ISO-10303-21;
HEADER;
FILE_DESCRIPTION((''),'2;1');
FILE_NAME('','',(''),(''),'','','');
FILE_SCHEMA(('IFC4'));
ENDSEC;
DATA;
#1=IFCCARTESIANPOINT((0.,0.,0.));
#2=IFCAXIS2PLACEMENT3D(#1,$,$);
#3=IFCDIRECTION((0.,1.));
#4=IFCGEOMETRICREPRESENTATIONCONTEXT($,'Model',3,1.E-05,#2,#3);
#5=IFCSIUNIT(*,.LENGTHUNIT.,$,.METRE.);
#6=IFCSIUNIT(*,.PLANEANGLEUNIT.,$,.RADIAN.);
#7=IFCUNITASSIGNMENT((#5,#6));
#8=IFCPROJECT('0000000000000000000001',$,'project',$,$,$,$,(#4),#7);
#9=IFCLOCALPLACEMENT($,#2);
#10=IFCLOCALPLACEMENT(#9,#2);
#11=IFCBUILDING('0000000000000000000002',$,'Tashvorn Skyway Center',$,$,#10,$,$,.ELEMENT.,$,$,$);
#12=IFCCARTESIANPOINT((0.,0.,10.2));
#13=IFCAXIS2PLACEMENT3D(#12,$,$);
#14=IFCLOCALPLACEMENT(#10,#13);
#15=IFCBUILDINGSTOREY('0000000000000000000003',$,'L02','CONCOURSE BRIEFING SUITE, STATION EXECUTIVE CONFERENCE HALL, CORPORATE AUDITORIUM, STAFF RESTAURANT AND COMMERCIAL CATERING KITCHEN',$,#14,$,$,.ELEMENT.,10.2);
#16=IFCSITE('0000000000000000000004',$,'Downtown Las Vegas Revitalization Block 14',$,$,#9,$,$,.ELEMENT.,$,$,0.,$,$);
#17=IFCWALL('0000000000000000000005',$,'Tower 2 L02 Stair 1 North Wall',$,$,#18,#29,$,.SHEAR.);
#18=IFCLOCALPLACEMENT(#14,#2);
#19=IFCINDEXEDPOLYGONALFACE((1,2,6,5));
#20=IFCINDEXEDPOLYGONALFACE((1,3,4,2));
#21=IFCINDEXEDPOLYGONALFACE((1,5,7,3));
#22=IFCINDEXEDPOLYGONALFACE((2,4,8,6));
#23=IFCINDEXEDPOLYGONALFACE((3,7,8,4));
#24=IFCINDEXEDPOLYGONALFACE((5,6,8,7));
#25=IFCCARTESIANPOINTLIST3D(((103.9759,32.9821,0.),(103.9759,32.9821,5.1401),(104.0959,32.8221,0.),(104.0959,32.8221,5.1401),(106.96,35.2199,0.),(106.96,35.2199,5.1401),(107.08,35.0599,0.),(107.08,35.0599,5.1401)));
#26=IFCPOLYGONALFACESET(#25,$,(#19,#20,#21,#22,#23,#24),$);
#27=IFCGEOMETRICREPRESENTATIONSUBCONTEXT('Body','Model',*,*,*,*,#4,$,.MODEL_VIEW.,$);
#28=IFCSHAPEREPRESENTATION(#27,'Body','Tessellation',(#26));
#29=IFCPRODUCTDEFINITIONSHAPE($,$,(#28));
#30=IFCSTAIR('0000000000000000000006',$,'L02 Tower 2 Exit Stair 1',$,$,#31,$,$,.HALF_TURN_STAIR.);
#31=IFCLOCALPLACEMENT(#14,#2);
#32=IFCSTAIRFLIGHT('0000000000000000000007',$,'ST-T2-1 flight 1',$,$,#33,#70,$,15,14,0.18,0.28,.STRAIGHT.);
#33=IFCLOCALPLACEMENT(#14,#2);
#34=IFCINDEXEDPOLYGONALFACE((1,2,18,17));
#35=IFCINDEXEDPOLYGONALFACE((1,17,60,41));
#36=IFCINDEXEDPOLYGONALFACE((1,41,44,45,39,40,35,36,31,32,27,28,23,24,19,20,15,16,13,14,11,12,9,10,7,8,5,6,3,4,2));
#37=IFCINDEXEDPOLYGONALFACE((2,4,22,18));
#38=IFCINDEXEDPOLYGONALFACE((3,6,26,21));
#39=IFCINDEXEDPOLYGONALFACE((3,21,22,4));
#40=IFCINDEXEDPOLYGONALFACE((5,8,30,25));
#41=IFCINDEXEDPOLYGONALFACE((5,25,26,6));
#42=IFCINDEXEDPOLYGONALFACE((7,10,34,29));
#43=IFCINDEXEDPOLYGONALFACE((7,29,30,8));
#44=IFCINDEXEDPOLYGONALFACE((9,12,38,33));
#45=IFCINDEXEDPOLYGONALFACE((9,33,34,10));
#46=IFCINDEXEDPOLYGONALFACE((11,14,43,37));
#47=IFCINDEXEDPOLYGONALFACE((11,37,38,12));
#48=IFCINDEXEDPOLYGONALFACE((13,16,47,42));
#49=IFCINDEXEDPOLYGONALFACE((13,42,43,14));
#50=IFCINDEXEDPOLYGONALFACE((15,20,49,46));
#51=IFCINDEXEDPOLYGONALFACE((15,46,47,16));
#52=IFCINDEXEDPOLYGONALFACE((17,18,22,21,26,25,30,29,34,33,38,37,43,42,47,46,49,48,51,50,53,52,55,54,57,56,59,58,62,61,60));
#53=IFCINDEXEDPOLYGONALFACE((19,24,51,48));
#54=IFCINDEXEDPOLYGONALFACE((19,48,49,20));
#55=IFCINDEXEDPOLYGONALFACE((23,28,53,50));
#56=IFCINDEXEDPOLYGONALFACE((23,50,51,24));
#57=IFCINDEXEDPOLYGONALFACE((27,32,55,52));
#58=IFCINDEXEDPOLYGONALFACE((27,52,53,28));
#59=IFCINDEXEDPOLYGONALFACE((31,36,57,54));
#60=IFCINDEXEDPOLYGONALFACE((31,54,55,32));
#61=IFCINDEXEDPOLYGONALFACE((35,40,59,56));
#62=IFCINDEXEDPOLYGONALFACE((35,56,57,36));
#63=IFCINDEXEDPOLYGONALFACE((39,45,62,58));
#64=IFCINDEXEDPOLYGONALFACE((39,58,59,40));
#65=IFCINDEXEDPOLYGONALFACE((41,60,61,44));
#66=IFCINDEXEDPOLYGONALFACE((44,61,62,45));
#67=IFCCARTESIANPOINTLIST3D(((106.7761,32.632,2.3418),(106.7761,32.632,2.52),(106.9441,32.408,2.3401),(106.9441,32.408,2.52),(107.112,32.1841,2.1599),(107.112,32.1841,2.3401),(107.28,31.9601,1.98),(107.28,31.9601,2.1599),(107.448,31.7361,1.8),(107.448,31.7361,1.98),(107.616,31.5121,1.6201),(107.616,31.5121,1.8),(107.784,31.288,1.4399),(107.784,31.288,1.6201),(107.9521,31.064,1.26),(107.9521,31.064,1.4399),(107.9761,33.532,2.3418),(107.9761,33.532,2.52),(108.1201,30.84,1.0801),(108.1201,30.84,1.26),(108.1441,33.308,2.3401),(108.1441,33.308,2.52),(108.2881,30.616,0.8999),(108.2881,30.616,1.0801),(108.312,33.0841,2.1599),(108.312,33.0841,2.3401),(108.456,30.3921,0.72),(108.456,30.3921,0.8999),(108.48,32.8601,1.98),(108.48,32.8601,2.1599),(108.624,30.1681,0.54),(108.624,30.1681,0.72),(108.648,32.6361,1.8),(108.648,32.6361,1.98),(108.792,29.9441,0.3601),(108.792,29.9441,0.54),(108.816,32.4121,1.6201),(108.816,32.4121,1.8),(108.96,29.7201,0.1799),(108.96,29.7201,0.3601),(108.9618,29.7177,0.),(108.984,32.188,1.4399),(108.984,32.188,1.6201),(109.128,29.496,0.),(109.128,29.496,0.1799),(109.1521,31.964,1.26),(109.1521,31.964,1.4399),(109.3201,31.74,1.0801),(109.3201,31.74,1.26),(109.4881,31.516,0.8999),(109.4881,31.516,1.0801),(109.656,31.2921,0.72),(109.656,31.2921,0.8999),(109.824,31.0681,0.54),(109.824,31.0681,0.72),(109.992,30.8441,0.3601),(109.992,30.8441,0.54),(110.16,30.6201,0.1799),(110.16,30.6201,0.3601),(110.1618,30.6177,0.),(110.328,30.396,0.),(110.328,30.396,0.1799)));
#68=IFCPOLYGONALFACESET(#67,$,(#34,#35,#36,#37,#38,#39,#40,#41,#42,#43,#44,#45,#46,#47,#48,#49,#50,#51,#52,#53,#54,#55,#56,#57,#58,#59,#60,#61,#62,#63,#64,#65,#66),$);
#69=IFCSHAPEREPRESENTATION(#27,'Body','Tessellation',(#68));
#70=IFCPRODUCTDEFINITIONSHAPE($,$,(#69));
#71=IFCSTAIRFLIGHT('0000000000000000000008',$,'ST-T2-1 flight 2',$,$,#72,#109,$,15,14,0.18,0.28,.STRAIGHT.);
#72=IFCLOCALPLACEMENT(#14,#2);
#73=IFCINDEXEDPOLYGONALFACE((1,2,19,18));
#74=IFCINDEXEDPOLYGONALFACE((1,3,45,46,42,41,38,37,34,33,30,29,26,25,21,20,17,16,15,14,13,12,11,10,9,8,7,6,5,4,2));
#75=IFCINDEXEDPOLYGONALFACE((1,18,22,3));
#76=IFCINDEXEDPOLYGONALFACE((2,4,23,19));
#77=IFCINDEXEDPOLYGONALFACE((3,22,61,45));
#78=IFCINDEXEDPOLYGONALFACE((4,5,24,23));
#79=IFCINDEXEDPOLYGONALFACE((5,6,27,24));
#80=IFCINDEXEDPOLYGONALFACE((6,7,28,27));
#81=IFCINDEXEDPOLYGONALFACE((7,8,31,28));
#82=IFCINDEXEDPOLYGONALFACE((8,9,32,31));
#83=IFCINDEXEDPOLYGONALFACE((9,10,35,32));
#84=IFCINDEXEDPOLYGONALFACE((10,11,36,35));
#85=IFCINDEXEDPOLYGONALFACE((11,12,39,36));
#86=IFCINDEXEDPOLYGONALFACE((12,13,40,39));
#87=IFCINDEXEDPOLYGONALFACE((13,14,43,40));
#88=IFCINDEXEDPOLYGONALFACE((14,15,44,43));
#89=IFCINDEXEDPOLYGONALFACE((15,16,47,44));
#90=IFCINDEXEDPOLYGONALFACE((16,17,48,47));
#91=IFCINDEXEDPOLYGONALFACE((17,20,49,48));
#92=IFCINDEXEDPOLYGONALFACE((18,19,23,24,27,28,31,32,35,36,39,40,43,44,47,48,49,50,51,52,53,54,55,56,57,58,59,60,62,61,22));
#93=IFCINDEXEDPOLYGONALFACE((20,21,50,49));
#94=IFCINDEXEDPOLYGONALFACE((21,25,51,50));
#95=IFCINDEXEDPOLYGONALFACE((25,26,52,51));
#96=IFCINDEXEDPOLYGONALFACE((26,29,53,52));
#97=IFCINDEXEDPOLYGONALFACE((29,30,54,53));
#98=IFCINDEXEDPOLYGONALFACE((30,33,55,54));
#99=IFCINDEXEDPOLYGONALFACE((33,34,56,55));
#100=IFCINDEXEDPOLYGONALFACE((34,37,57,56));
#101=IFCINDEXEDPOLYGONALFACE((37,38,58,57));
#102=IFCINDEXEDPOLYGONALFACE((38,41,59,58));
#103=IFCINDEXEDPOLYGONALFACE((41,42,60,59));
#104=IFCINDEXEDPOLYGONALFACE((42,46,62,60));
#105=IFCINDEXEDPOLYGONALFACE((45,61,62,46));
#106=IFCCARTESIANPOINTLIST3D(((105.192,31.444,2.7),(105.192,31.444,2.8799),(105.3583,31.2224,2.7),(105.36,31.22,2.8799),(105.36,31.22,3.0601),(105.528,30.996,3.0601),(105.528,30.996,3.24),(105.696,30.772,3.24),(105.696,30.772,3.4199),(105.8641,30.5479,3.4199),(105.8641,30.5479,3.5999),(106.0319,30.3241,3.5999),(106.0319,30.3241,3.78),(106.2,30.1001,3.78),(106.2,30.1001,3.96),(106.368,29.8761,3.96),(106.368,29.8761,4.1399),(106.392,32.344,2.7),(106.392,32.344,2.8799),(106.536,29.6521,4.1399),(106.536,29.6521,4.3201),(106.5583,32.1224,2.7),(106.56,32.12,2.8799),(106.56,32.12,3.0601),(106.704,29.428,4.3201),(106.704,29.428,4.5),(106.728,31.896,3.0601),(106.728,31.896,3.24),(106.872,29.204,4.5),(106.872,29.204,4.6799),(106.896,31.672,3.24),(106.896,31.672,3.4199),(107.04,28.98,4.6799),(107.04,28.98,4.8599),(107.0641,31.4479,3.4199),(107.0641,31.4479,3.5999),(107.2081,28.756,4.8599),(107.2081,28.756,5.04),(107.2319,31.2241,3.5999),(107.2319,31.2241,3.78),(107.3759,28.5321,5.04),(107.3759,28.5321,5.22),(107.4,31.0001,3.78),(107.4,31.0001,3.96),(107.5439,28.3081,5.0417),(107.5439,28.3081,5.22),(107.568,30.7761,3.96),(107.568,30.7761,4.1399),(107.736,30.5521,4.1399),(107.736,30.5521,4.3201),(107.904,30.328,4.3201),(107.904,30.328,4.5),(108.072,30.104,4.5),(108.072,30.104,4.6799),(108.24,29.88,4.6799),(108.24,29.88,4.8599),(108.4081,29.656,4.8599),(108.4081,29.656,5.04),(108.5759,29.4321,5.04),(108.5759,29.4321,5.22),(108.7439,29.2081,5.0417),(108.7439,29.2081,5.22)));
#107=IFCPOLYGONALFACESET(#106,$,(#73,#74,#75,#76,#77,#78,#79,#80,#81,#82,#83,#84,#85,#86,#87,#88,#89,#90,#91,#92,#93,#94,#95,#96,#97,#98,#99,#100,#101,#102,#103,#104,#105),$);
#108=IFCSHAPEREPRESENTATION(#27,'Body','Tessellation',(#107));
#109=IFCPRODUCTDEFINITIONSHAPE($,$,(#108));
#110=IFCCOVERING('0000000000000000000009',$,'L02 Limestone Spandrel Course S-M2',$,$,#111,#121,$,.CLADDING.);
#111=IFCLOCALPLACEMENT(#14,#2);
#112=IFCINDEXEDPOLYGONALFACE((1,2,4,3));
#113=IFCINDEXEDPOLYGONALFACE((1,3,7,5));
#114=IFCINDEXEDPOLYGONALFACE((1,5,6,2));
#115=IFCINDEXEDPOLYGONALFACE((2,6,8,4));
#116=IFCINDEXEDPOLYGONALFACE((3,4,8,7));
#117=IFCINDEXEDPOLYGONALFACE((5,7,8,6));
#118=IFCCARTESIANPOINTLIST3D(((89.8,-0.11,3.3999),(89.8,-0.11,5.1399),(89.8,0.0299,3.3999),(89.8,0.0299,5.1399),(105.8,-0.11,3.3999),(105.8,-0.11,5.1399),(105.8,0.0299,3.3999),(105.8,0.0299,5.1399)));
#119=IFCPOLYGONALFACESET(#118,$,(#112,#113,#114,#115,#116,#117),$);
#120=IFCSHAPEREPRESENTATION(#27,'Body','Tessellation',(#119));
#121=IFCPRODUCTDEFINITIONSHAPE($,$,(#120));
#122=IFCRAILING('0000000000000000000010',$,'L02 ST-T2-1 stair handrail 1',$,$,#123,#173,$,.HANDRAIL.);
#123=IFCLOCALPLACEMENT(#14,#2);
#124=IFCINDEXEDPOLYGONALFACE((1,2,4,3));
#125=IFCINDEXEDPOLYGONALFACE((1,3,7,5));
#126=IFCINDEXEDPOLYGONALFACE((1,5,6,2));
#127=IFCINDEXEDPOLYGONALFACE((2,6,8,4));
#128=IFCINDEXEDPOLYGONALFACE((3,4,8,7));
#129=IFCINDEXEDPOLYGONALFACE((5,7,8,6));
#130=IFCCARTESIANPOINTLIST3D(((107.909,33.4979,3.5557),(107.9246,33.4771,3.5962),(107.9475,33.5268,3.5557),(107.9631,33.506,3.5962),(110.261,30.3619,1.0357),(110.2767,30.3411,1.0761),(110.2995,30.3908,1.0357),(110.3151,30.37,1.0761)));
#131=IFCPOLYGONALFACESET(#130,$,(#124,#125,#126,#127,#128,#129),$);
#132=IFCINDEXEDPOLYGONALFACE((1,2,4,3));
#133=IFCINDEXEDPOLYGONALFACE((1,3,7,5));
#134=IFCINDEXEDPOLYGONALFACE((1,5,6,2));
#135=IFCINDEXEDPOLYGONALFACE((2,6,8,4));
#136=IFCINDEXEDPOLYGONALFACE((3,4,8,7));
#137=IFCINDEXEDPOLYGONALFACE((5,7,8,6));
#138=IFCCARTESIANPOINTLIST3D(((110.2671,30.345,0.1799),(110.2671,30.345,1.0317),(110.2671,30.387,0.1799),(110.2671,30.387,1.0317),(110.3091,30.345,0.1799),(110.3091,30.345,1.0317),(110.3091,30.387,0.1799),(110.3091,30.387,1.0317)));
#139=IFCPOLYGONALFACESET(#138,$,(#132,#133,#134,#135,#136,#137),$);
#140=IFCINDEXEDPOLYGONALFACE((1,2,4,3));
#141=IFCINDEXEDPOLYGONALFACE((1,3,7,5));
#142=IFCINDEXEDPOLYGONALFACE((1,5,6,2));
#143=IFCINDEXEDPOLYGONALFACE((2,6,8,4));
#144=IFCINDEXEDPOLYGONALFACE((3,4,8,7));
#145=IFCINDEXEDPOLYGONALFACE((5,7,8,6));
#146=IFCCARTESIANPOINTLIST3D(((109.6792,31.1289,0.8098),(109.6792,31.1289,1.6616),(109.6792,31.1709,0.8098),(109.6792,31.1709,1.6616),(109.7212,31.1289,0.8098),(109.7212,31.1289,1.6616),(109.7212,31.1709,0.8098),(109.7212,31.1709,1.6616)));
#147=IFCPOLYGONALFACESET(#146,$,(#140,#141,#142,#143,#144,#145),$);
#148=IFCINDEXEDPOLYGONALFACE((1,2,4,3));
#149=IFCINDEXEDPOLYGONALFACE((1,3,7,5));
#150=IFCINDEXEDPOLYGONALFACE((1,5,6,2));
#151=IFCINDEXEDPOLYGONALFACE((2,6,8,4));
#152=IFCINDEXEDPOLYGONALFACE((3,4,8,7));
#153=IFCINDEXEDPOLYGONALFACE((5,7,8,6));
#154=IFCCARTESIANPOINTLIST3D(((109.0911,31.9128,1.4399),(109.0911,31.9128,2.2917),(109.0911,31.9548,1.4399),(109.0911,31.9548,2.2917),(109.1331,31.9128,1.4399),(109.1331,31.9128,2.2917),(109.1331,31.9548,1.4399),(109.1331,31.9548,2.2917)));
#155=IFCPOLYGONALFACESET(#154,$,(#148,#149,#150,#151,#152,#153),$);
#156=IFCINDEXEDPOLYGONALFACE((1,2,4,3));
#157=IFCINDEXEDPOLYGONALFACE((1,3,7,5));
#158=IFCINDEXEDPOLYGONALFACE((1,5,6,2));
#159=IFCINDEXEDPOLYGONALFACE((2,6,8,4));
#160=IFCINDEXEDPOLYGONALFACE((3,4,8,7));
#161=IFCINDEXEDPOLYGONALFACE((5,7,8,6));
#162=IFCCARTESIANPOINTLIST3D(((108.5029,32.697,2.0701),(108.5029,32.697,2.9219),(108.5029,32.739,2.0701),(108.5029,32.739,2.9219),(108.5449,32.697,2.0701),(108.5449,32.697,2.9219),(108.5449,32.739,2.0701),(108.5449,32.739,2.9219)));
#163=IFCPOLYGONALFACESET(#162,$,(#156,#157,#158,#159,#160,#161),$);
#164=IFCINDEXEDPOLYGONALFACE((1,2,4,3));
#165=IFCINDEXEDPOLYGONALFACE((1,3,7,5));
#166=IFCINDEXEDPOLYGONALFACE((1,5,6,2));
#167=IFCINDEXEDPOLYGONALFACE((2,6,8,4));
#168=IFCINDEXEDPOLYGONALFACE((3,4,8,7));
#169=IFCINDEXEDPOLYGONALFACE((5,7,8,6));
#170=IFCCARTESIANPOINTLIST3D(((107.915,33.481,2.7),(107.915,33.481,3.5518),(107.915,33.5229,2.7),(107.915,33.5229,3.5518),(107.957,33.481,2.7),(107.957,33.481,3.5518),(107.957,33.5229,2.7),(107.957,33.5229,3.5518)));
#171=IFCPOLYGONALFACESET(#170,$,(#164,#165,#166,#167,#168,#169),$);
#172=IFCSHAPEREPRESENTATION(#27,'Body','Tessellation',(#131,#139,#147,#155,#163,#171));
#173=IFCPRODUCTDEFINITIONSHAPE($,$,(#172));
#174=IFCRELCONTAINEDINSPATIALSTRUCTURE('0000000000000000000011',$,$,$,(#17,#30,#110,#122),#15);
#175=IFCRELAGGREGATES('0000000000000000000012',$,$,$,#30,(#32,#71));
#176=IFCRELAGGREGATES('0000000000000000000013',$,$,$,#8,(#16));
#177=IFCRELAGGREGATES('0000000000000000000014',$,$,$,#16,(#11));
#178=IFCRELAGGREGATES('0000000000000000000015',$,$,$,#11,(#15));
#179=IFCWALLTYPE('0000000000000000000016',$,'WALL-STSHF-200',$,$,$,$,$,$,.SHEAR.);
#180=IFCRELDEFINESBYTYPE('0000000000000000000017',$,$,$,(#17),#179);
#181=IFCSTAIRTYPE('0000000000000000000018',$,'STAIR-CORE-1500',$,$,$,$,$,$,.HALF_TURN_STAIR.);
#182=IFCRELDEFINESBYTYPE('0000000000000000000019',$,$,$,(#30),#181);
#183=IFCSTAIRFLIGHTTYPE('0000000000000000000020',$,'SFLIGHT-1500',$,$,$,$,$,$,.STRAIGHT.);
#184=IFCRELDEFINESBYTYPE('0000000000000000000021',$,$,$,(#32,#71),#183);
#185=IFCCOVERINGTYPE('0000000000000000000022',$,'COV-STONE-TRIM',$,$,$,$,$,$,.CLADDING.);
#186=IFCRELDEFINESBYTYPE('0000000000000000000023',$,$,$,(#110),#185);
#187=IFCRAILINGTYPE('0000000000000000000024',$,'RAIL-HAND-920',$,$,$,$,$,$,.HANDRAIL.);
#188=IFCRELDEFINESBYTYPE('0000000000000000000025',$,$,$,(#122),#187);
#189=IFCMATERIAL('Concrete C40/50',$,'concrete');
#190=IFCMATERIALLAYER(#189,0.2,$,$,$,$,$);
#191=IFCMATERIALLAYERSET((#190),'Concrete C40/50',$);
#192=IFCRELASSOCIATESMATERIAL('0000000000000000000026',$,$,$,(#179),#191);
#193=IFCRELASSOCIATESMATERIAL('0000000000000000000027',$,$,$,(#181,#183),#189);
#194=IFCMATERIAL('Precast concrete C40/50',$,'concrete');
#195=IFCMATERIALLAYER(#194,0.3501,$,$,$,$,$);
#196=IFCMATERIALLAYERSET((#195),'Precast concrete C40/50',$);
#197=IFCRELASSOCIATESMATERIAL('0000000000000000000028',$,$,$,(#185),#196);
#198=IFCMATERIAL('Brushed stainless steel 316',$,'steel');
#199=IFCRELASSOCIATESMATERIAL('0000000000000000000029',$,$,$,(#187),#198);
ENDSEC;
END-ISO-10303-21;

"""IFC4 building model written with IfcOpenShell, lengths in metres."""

from ifc_helpers import new_model, si_unit, direction, frame, frame_2d, origin, origin_2d, place, context, subcontext, project, spatial, polyline, rectangle, outline, extrude, material, layer, layer_set, type_object, element, aggregate, save


model = new_model("IFC4")

# Units and contexts
model_context = context("Model", 3, precision=1e-05, world=origin(), true_north=direction((0.0, 1.0)))
body_context = subcontext(model_context, "Body", "Model", "MODEL_VIEW")
ifc_project = project(units=[si_unit("LENGTHUNIT", "METRE"), si_unit("PLANEANGLEUNIT", "RADIAN")], contexts=[model_context])

# Site, building, storey
site_placement = place(None, origin())
site = spatial("IfcSite", under=ifc_project, at=site_placement, Name="Downtown Las Vegas Revitalization Block 14", CompositionType="ELEMENT", RefElevation=0.0)
building_placement = place(site_placement, origin())
building = spatial("IfcBuilding", under=site, at=building_placement, Name="Tashvorn Skyway Center", CompositionType="ELEMENT")
storey_placement = place(building_placement, frame((0.0, 0.0, 10.2)))
storey = spatial("IfcBuildingStorey", under=building, at=storey_placement, Name="L02", Description="CONCOURSE BRIEFING SUITE, STATION EXECUTIVE CONFERENCE HALL, CORPORATE AUDITORIUM, STAFF RESTAURANT AND COMMERCIAL CATERING KITCHEN", CompositionType="ELEMENT", Elevation=10.2)

# Shared definitions
ifc_material_1 = material(Name="Precast concrete C40/50", Category="concrete")

# Shared definitions
ifc_material_2 = material(Name="Concrete C40/50", Category="concrete")

# Wall
ifc_layer_1 = layer(ifc_material_2, 0.2)
ifc_layer_set_1 = layer_set([ifc_layer_1], Name="Concrete C40/50")
wall_type_1 = type_object("IfcWallType", Name="WALL-STSHF-200", PredefinedType="SHEAR", material=ifc_layer_set_1)
for number, where, z_axis, x_axis, name in (
    (1, (104.0359, 32.9021, 0.0), (0.0, 0.0, 1.0), (0.800039, 0.599948, 0.0), "Tower 2 L02 Stair 1 North Wall"),
):
    element("IfcWall", number, at=place(storey_placement, frame(where, z_axis=z_axis, x_axis=x_axis)), inside=storey, type_object=wall_type_1, Name=name, PredefinedType="SHEAR", context=body_context, shape_type="SweptSolid", body=[
        extrude(rectangle(XDim=3.73, YDim=0.2, at=frame_2d((1.865, 0.0))), origin(), (0.0, 0.0, 1.0), 5.1401),
    ])

# Stair, stair flights
stair_type = type_object("IfcStairType", Name="STAIR-CORE-1500", PredefinedType="HALF_TURN_STAIR", material=ifc_material_2)
stair_placement = place(storey_placement, origin())
stair = element("IfcStair", 2, at=stair_placement, inside=storey, type_object=stair_type, Name="L02 Tower 2 Exit Stair 1", PredefinedType="HALF_TURN_STAIR")
stair_flight_type = type_object("IfcStairFlightType", Name="SFLIGHT-1500", PredefinedType="STRAIGHT", material=ifc_material_2)
stair_flight_1_placement = place(storey_placement, frame((109.728, 29.946, 0.0), z_axis=(0.0, 0.0, 1.0), x_axis=(-0.6, 0.8, 0.0)))
stair_flight_1 = element("IfcStairFlight", 3, at=stair_flight_1_placement, type_object=stair_flight_type, Name="ST-T2-1 flight 1", NumberOfRisers=15, NumberOfTreads=14, PredefinedType="STRAIGHT", RiserHeight=0.18, TreadLength=0.28, context=body_context, shape_type="SweptSolid", body=[
    extrude(outline(polyline([(0.0, 0.0), (0.0, 0.1799), (0.28, 0.1799), (0.28, 0.3601), (0.5601, 0.3601), (0.5601, 0.54), (0.8401, 0.54), (0.8401, 0.72), (1.1201, 0.72), (1.1201, 0.8999), (1.3999, 0.8999), (1.3999, 1.0801), (1.6799, 1.0801), (1.6799, 1.26), (1.96, 1.26), (1.96, 1.4399), (2.24, 1.4399), (2.24, 1.6201), (2.52, 1.6201), (2.52, 1.8), (2.8, 1.8), (2.8, 1.98), (3.0801, 1.98), (3.0801, 2.1599), (3.3601, 2.1599), (3.3601, 2.3401), (3.6399, 2.3401), (3.6399, 2.52), (3.9199, 2.52), (3.9199, 2.7), (3.9199, 2.3418), (0.2771, 0.0), (0.0, 0.0)])), frame((0.0, 0.75, 0.0), z_axis=(0.0, -1.0, 0.0), x_axis=(1.0, 0.0, 0.0)), (0.0, 0.0, 1.0), 1.5),
])
stair_flight_2_placement = place(storey_placement, frame((105.792, 31.894, 2.7), z_axis=(0.0, 0.0, 1.0), x_axis=(0.6, -0.8, 0.0)))
stair_flight_2 = element("IfcStairFlight", 4, at=stair_flight_2_placement, type_object=stair_flight_type, Name="ST-T2-1 flight 2", NumberOfRisers=15, NumberOfTreads=14, PredefinedType="STRAIGHT", RiserHeight=0.18, TreadLength=0.28, context=body_context, shape_type="SweptSolid", body=[
    extrude(outline(polyline([(0.0, 0.0), (0.0, 0.1799), (0.28, 0.1799), (0.28, 0.3601), (0.5601, 0.3601), (0.5601, 0.54), (0.8401, 0.54), (0.8401, 0.72), (1.1201, 0.72), (1.1201, 0.8999), (1.3999, 0.8999), (1.3999, 1.0801), (1.6799, 1.0801), (1.6799, 1.26), (1.96, 1.26), (1.96, 1.4399), (2.24, 1.4399), (2.24, 1.6201), (2.52, 1.6201), (2.52, 1.8), (2.8, 1.8), (2.8, 1.98), (3.0801, 1.98), (3.0801, 2.1599), (3.3601, 2.1599), (3.3601, 2.3401), (3.6399, 2.3401), (3.6399, 2.52), (3.9199, 2.52), (3.9199, 2.7), (3.9199, 2.3418), (0.2771, 0.0), (0.0, 0.0)])), frame((0.0, 0.75, 0.0), z_axis=(0.0, -1.0, 0.0), x_axis=(1.0, 0.0, 0.0)), (0.0, 0.0, 1.0), 1.5),
])
aggregate(stair, [stair_flight_1, stair_flight_2])

# Covering
ifc_layer_2 = layer(ifc_material_1, 0.3501)
ifc_layer_set_2 = layer_set([ifc_layer_2], Name="Precast concrete C40/50")
covering_type = type_object("IfcCoveringType", Name="COV-STONE-TRIM", PredefinedType="CLADDING", material=ifc_layer_set_2)
covering_placement = place(storey_placement, frame((97.8, -0.04, 3.3999), z_axis=(0.0, 0.0, 1.0), x_axis=(1.0, 0.0, 0.0)))
element("IfcCovering", 5, at=covering_placement, inside=storey, type_object=covering_type, Name="L02 Limestone Spandrel Course S-M2", PredefinedType="CLADDING", context=body_context, shape_type="SweptSolid", body=[
    extrude(rectangle(XDim=16.0, YDim=0.1399, at=origin_2d()), origin(), (0.0, 0.0, 1.0), 1.74),
])

# Railing
ifc_material_3 = material(Name="Brushed stainless steel 316", Category="steel")
railing_type_1 = type_object("IfcRailingType", Name="RAIL-HAND-920", PredefinedType="HANDRAIL", material=ifc_material_3)
railing_1_placement = place(storey_placement, frame((110.2881, 30.366, 0.1799)))
element("IfcRailing", 6, at=railing_1_placement, inside=storey, type_object=railing_type_1, Name="L02 ST-T2-1 stair handrail 1", PredefinedType="HANDRAIL", context=body_context, shape_type="SweptSolid", body=[
    extrude(rectangle(XDim=0.0481, YDim=0.0481, at=origin_2d()), frame((0.0, 0.0, 0.876), z_axis=(-0.504715, 0.672936, 0.540759), x_axis=(-0.799993, -0.60001, 0.0)), (0.0, 0.0, 1.0), 4.6602),
    extrude(rectangle(XDim=0.042, YDim=0.042, at=origin_2d()), origin(), (0.0, 0.0, 1.0), 0.8518),
    extrude(rectangle(XDim=0.042, YDim=0.042, at=origin_2d()), frame((-0.5879, 0.7839, 0.6299)), (0.0, 0.0, 1.0), 0.8518),
    extrude(rectangle(XDim=0.042, YDim=0.042, at=origin_2d()), frame((-1.176, 1.5679, 1.26)), (0.0, 0.0, 1.0), 0.8518),
    extrude(rectangle(XDim=0.042, YDim=0.042, at=origin_2d()), frame((-1.7642, 2.3521, 1.8901)), (0.0, 0.0, 1.0), 0.8518),
    extrude(rectangle(XDim=0.042, YDim=0.042, at=origin_2d()), frame((-2.3521, 3.136, 2.52)), (0.0, 0.0, 1.0), 0.8518),
])

save(model, "model.ifc")
